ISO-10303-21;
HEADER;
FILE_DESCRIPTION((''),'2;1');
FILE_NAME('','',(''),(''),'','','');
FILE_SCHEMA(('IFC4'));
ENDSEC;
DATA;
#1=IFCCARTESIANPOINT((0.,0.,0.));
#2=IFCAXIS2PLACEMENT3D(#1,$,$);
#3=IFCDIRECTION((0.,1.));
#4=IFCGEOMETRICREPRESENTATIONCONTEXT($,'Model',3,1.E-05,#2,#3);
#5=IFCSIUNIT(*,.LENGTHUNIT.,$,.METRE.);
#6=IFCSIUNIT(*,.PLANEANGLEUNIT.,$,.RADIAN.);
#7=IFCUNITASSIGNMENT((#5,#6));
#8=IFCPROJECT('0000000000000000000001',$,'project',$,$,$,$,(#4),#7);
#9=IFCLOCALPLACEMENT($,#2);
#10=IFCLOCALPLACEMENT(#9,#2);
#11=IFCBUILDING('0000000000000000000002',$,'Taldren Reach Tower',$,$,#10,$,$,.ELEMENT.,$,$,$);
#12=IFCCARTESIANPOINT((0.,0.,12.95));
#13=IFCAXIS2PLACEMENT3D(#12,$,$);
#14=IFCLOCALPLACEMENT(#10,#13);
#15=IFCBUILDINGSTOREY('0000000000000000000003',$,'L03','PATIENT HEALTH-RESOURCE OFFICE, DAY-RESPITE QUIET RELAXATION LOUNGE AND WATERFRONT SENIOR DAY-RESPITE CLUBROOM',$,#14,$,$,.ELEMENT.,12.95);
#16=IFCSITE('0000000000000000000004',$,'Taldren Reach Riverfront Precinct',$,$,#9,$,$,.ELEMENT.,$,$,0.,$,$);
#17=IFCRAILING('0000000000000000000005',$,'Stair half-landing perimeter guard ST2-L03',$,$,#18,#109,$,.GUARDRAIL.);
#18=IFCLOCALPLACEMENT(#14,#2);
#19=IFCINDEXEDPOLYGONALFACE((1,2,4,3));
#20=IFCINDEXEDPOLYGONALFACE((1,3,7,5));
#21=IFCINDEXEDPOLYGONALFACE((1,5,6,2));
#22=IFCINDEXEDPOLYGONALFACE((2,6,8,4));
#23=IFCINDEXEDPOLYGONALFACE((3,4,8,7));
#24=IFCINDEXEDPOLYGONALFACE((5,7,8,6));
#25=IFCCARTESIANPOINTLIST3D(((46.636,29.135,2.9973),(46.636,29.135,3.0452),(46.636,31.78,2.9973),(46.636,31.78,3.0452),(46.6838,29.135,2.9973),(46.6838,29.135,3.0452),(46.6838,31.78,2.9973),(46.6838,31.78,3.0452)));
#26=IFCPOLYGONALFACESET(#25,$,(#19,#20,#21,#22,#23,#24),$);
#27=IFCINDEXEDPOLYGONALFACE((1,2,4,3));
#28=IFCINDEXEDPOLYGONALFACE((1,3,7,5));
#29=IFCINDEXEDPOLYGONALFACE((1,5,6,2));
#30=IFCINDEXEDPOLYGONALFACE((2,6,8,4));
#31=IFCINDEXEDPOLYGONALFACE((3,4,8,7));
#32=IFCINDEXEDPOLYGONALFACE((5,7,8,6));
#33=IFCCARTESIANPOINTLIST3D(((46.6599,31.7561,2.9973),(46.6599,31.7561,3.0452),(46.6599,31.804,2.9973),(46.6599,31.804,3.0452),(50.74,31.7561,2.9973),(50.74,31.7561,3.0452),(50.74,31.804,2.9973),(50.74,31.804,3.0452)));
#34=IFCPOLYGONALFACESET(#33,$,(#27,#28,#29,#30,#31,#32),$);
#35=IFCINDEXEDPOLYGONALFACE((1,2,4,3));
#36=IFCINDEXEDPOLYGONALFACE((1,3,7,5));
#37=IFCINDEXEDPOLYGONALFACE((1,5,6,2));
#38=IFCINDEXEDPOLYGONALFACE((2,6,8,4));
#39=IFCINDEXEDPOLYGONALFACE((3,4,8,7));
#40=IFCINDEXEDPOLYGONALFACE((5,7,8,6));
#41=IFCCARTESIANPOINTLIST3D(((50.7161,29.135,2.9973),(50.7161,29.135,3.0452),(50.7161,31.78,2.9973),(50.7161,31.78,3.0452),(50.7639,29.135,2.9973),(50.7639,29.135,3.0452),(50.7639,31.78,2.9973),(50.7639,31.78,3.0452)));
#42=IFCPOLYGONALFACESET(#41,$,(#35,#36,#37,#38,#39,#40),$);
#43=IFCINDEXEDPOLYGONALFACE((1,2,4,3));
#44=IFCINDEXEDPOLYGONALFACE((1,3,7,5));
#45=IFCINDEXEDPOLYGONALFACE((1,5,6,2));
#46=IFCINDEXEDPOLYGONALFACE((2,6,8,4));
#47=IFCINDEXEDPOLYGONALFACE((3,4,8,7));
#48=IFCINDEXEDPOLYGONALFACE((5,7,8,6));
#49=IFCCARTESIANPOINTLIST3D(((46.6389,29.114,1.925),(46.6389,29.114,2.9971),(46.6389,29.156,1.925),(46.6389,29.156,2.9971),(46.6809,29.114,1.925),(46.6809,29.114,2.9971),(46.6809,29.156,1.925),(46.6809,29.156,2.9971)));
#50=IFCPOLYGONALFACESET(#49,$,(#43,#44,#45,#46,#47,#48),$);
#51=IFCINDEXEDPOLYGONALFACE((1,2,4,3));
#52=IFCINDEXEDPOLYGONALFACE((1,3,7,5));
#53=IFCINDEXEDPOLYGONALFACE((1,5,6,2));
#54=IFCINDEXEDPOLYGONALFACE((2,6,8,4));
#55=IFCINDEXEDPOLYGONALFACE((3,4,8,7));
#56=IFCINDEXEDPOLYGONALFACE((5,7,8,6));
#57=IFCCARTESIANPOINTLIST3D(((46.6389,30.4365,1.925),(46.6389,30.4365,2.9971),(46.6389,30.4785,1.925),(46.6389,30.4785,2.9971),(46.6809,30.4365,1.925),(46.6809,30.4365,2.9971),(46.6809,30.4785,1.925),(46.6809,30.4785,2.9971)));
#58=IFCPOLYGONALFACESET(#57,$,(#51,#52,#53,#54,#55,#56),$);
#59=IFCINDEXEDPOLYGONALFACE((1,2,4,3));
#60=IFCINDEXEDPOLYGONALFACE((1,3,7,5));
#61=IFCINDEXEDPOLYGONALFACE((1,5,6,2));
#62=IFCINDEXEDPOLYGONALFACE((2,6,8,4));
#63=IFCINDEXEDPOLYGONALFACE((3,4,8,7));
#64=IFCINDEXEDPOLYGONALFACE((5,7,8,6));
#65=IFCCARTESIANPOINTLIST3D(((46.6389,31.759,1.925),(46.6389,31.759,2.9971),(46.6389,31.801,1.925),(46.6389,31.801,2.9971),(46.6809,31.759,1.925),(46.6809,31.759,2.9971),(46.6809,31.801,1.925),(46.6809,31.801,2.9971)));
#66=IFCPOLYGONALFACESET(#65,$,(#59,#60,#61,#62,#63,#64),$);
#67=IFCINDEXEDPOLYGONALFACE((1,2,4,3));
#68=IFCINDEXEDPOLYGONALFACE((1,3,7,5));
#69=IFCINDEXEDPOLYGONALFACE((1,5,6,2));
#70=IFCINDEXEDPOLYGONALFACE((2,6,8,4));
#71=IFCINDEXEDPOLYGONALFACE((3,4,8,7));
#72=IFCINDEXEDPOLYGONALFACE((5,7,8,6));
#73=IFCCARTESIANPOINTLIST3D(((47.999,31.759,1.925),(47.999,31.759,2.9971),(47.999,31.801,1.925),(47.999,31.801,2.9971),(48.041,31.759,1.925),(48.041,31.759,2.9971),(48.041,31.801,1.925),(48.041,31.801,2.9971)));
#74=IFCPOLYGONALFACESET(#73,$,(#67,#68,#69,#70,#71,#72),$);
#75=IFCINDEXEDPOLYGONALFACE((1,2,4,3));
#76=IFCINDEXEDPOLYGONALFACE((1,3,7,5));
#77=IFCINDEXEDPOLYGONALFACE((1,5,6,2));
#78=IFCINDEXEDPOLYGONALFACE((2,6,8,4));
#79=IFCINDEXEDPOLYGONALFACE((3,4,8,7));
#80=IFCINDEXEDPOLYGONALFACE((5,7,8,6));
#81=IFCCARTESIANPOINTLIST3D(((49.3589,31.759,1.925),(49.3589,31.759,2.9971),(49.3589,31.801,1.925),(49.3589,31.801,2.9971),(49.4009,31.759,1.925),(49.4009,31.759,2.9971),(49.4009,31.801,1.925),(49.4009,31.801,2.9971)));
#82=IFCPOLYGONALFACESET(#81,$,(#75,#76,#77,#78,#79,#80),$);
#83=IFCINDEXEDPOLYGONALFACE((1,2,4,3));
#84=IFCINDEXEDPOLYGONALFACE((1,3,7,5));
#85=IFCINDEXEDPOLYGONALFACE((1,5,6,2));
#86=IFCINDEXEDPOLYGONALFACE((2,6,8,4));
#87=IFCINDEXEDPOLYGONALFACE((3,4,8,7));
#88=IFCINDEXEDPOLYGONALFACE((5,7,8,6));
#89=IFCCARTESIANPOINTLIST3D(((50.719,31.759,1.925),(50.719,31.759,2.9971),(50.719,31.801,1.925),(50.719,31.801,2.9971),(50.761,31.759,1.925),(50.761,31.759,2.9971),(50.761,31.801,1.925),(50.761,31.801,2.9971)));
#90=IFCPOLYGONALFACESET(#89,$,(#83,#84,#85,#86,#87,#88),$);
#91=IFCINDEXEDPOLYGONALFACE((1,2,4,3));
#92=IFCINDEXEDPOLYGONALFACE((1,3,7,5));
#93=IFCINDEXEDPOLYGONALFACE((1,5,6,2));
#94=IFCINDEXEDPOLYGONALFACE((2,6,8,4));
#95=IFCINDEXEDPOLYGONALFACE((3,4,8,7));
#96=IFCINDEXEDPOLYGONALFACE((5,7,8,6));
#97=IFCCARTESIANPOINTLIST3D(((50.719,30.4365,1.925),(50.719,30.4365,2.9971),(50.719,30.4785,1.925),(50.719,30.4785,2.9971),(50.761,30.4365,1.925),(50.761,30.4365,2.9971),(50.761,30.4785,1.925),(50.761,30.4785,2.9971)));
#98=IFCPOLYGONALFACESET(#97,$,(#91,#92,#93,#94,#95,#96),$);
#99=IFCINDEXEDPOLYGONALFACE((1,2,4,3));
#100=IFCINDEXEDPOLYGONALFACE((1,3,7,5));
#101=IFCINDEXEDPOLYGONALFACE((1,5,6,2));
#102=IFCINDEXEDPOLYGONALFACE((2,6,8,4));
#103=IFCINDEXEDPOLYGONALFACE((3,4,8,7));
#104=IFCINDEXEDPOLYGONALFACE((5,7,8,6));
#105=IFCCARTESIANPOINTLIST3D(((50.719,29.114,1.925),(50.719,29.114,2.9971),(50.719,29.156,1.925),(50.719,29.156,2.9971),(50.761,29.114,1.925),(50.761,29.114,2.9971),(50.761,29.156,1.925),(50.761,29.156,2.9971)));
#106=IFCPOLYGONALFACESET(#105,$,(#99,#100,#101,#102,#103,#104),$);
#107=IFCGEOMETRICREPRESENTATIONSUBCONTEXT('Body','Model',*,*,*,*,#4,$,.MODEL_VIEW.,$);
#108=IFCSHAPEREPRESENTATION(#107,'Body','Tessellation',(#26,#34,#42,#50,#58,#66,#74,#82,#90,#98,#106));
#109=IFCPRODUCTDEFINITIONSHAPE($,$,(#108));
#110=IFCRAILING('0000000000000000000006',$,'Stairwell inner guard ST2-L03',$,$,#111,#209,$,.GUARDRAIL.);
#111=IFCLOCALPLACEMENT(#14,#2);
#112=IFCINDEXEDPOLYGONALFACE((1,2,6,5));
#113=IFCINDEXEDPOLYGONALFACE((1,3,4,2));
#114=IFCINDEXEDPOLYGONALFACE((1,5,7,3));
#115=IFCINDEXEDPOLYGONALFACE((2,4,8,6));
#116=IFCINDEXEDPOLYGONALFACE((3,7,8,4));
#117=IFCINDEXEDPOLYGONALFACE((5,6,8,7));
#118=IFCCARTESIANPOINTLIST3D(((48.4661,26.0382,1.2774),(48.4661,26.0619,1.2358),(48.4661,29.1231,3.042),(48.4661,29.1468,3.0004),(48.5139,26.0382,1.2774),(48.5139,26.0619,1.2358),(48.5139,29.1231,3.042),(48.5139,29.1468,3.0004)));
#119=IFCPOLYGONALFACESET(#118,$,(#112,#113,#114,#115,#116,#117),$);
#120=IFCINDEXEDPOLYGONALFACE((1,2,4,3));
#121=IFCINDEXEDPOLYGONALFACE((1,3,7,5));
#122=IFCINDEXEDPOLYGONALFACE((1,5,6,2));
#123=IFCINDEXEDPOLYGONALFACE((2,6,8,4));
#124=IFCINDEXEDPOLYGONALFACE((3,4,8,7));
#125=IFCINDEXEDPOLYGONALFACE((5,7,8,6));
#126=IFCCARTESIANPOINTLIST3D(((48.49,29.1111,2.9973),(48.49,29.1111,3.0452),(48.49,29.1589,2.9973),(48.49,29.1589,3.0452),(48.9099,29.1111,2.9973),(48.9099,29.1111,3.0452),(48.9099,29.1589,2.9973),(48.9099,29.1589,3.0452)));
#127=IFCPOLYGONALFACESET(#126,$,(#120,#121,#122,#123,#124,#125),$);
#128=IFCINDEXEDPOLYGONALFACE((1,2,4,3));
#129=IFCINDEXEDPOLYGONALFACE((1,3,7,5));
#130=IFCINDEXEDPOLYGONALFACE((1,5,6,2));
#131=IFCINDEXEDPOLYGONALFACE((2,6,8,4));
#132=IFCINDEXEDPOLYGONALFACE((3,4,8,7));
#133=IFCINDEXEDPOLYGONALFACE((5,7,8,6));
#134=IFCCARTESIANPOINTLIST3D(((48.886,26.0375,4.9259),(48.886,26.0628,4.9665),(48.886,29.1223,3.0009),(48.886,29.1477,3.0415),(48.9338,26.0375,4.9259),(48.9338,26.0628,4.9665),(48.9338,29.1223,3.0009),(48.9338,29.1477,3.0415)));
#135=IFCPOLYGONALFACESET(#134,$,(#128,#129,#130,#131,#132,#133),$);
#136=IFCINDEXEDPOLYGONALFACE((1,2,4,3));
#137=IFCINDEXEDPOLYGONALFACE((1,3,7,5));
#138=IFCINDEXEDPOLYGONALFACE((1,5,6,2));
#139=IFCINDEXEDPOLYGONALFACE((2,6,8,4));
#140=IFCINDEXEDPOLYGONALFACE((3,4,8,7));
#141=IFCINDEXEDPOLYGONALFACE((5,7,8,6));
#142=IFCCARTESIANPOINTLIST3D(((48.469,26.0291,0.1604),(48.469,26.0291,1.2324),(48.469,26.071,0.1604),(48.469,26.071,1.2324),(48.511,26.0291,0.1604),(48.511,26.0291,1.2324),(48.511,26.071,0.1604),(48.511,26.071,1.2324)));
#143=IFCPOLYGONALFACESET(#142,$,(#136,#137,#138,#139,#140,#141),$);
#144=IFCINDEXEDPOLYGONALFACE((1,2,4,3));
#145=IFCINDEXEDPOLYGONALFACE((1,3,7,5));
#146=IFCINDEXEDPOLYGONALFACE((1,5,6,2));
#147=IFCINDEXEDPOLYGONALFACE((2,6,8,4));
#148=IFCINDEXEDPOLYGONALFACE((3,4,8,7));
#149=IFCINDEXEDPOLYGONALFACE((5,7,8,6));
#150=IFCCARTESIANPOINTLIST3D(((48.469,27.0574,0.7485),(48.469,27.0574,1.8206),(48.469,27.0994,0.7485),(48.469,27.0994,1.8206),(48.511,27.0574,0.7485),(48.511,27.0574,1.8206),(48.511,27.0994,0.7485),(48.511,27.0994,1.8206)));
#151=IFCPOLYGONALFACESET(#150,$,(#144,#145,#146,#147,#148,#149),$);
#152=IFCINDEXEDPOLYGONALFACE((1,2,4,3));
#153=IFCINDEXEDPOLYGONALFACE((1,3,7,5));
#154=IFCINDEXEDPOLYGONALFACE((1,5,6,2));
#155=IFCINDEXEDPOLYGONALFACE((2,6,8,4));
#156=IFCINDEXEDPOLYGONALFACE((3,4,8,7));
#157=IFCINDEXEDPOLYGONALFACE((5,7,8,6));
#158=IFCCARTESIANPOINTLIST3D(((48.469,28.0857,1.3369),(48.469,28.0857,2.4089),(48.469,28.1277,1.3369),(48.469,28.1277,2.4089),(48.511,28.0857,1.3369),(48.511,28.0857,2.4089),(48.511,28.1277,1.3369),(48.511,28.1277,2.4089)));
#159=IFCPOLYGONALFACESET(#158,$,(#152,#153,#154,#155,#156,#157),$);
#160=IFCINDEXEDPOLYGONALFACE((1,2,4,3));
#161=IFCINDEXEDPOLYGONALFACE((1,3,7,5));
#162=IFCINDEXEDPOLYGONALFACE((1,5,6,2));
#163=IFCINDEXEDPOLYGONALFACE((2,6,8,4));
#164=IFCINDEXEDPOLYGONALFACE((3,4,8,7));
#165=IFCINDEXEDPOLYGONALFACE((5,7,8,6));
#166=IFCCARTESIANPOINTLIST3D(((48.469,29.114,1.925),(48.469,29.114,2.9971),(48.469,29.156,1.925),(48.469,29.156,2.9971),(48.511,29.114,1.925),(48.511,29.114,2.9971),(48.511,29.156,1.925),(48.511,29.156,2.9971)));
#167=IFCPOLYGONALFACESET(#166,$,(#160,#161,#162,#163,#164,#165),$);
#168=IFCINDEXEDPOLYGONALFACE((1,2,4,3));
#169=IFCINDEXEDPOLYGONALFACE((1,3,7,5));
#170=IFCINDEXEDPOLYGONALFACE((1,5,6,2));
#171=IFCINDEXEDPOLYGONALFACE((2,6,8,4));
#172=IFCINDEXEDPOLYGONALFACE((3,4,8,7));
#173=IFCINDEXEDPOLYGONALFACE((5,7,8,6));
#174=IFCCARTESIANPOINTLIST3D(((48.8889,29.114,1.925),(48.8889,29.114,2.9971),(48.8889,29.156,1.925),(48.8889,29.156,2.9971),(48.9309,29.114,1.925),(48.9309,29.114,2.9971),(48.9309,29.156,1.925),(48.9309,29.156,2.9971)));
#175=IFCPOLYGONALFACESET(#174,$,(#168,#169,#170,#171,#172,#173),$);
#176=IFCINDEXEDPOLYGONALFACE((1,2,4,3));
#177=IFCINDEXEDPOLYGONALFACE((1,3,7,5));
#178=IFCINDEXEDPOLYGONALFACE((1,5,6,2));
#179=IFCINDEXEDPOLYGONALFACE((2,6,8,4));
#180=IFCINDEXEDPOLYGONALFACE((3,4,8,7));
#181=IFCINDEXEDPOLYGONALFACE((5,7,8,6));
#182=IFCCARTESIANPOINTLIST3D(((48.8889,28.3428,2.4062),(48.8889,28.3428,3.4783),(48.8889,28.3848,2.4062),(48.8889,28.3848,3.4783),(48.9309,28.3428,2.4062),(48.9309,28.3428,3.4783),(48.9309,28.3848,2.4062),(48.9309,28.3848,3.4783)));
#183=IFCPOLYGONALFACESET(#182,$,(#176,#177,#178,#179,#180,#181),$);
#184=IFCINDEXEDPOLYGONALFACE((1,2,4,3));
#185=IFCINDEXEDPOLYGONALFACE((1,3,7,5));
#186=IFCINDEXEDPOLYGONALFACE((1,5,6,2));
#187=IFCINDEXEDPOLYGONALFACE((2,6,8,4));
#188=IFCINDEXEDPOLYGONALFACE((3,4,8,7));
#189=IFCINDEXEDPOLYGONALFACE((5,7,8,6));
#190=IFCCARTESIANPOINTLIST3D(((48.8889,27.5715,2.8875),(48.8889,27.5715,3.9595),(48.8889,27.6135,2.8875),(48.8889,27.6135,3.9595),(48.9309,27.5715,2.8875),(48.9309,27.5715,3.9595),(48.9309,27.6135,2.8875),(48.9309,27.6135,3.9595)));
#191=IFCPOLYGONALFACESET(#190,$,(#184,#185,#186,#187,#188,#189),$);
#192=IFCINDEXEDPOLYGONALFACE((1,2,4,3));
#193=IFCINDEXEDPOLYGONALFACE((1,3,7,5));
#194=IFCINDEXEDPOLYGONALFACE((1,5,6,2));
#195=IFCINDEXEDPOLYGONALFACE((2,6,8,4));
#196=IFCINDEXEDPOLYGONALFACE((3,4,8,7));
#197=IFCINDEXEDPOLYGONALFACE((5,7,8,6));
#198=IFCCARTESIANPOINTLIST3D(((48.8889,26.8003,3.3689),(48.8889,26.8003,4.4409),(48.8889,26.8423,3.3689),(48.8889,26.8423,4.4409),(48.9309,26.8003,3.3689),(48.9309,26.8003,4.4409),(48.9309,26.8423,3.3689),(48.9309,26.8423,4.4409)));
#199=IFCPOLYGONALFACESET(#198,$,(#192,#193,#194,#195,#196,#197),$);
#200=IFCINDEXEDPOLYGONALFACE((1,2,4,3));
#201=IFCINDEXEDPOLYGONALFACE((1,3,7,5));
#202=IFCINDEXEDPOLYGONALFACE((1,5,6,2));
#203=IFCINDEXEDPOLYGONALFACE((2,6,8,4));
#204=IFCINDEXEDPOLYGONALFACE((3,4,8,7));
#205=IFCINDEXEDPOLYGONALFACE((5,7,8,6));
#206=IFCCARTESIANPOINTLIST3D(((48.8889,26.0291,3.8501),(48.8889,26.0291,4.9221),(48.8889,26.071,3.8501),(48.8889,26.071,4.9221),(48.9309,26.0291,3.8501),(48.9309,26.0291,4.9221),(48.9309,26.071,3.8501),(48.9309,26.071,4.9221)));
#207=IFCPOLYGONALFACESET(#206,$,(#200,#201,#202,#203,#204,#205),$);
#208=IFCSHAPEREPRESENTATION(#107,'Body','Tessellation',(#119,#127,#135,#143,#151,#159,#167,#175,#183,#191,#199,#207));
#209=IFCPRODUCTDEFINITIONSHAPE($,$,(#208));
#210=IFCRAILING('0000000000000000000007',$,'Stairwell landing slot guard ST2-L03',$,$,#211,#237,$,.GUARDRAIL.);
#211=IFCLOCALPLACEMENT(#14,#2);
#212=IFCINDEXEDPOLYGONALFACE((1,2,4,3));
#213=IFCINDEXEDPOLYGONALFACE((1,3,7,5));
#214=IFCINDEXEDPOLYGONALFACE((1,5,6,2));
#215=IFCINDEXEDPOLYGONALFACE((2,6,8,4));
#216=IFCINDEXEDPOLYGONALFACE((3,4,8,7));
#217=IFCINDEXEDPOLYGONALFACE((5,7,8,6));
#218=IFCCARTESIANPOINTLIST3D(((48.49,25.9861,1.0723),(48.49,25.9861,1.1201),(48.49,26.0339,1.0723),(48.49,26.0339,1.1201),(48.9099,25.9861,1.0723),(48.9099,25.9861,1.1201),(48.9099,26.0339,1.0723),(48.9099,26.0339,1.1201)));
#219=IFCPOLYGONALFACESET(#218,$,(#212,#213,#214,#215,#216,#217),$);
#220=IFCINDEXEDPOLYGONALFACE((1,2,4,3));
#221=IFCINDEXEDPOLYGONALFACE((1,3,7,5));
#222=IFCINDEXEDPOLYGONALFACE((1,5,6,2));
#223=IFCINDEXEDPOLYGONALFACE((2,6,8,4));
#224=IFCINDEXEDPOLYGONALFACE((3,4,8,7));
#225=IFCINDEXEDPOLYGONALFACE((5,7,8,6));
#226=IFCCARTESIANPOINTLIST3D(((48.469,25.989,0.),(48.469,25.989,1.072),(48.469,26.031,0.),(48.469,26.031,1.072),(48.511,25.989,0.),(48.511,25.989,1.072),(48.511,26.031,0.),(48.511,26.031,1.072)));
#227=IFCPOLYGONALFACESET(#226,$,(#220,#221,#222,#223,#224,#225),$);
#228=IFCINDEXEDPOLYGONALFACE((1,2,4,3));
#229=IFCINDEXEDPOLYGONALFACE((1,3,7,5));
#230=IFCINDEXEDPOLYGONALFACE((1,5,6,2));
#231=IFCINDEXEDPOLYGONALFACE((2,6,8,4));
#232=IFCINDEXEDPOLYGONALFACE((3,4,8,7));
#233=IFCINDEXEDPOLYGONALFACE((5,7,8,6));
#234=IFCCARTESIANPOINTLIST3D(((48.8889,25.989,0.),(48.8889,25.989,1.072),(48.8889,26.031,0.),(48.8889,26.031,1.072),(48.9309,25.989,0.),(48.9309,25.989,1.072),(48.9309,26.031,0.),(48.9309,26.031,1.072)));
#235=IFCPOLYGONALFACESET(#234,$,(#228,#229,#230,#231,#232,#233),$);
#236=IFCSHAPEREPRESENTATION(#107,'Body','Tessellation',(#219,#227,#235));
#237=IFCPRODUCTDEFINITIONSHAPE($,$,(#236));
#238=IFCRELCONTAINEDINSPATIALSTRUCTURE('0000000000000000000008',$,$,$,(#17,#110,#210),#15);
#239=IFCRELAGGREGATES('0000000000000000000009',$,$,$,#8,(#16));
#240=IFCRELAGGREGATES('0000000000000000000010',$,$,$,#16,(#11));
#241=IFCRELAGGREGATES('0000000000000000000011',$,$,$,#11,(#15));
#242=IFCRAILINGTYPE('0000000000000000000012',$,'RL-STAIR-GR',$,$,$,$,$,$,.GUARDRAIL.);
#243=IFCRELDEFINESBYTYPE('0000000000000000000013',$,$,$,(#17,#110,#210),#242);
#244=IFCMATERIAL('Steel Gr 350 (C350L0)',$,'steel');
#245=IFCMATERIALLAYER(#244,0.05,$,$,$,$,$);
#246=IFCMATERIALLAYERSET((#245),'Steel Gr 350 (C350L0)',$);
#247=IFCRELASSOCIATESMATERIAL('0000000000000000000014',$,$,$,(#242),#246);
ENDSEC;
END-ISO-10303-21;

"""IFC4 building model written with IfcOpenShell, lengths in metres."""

from ifc_helpers import new_model, si_unit, direction, frame, origin, origin_2d, place, context, subcontext, project, spatial, rectangle, extrude, material, layer, layer_set, type_object, element, save


model = new_model("IFC4")

# Units and contexts
model_context = context("Model", 3, precision=1e-05, world=origin(), true_north=direction((0.0, 1.0)))
body_context = subcontext(model_context, "Body", "Model", "MODEL_VIEW")
ifc_project = project(units=[si_unit("LENGTHUNIT", "METRE"), si_unit("PLANEANGLEUNIT", "RADIAN")], contexts=[model_context])

# Site, building, storey
site_placement = place(None, origin())
site = spatial("IfcSite", under=ifc_project, at=site_placement, Name="Taldren Reach Riverfront Precinct", CompositionType="ELEMENT", RefElevation=0.0)
building_placement = place(site_placement, origin())
building = spatial("IfcBuilding", under=site, at=building_placement, Name="Taldren Reach Tower", CompositionType="ELEMENT")
storey_placement = place(building_placement, frame((0.0, 0.0, 12.95)))
storey = spatial("IfcBuildingStorey", under=building, at=storey_placement, Name="L03", Description="PATIENT HEALTH-RESOURCE OFFICE, DAY-RESPITE QUIET RELAXATION LOUNGE AND WATERFRONT SENIOR DAY-RESPITE CLUBROOM", CompositionType="ELEMENT", Elevation=12.95)

# Shared definitions
ifc_material_1 = material(Name="Steel Gr 350 (C350L0)", Category="steel")

# Railings
ifc_layer_1 = layer(ifc_material_1, 0.05)
ifc_layer_set_1 = layer_set([ifc_layer_1], Name="Steel Gr 350 (C350L0)")
railing_type_1 = type_object("IfcRailingType", Name="RL-STAIR-GR", PredefinedType="GUARDRAIL", material=ifc_layer_set_1)
railing_1_placement = place(storey_placement, frame((46.6599, 29.135, 1.925)))
element("IfcRailing", 1, at=railing_1_placement, inside=storey, type_object=railing_type_1, Name="Stair half-landing perimeter guard ST2-L03", PredefinedType="GUARDRAIL", context=body_context, shape_type="SweptSolid", body=[
    extrude(rectangle(XDim=0.0479, YDim=0.0479, at=origin_2d()), frame((0.0, 0.0, 1.0962), z_axis=(0.0, 1.0, 0.0), x_axis=(-1.0, 0.0, 0.0)), (0.0, 0.0, 1.0), 2.645),
    extrude(rectangle(XDim=0.0479, YDim=0.0479, at=origin_2d()), frame((0.0, 2.645, 1.0962), z_axis=(1.0, 0.0, 0.0), x_axis=(0.0, 1.0, 0.0)), (0.0, 0.0, 1.0), 4.0801),
    extrude(rectangle(XDim=0.0479, YDim=0.0479, at=origin_2d()), frame((4.0801, 2.645, 1.0962), z_axis=(0.0, -1.0, 0.0), x_axis=(1.0, 0.0, 0.0)), (0.0, 0.0, 1.0), 2.645),
    extrude(rectangle(XDim=0.042, YDim=0.042, at=origin_2d()), origin(), (0.0, 0.0, 1.0), 1.072),
    extrude(rectangle(XDim=0.042, YDim=0.042, at=origin_2d()), frame((0.0, 1.3225, 0.0)), (0.0, 0.0, 1.0), 1.072),
    extrude(rectangle(XDim=0.042, YDim=0.042, at=origin_2d()), frame((0.0, 2.645, 0.0)), (0.0, 0.0, 1.0), 1.072),
    extrude(rectangle(XDim=0.042, YDim=0.042, at=origin_2d()), frame((1.3601, 2.645, 0.0)), (0.0, 0.0, 1.0), 1.072),
    extrude(rectangle(XDim=0.042, YDim=0.042, at=origin_2d()), frame((2.72, 2.645, 0.0)), (0.0, 0.0, 1.0), 1.072),
    extrude(rectangle(XDim=0.042, YDim=0.042, at=origin_2d()), frame((4.0801, 2.645, 0.0)), (0.0, 0.0, 1.0), 1.072),
    extrude(rectangle(XDim=0.042, YDim=0.042, at=origin_2d()), frame((4.0801, 1.3225, 0.0)), (0.0, 0.0, 1.0), 1.072),
    extrude(rectangle(XDim=0.042, YDim=0.042, at=origin_2d()), frame((4.0801, 0.0, 0.0)), (0.0, 0.0, 1.0), 1.072),
])
railing_2_placement = place(storey_placement, frame((48.49, 26.05, 0.1604)))
element("IfcRailing", 2, at=railing_2_placement, inside=storey, type_object=railing_type_1, Name="Stairwell inner guard ST2-L03", PredefinedType="GUARDRAIL", context=body_context, shape_type="SweptSolid", body=[
    extrude(rectangle(XDim=0.0479, YDim=0.0479, at=origin_2d()), frame((0.0, 0.0, 1.0962), z_axis=(0.0, 0.868023, 0.496524), x_axis=(-1.0, 0.0, 0.0)), (0.0, 0.0, 1.0), 3.554),
    extrude(rectangle(XDim=0.0479, YDim=0.0479, at=origin_2d()), frame((0.0, 3.085, 2.8608), z_axis=(1.0, 0.0, 0.0), x_axis=(0.0, 1.0, 0.0)), (0.0, 0.0, 1.0), 0.4199),
    extrude(rectangle(XDim=0.0479, YDim=0.0479, at=origin_2d()), frame((0.4199, 3.085, 2.8608), z_axis=(0.0, -0.848375, 0.529395), x_axis=(1.0, 0.0, 0.0)), (0.0, 0.0, 1.0), 3.6362),
    extrude(rectangle(XDim=0.042, YDim=0.042, at=origin_2d()), origin(), (0.0, 0.0, 1.0), 1.072),
    extrude(rectangle(XDim=0.042, YDim=0.042, at=origin_2d()), frame((0.0, 1.0283, 0.5881)), (0.0, 0.0, 1.0), 1.072),
    extrude(rectangle(XDim=0.042, YDim=0.042, at=origin_2d()), frame((0.0, 2.0566, 1.1765)), (0.0, 0.0, 1.0), 1.072),
    extrude(rectangle(XDim=0.042, YDim=0.042, at=origin_2d()), frame((0.0, 3.085, 1.7646)), (0.0, 0.0, 1.0), 1.072),
    extrude(rectangle(XDim=0.042, YDim=0.042, at=origin_2d()), frame((0.4199, 3.085, 1.7646)), (0.0, 0.0, 1.0), 1.072),
    extrude(rectangle(XDim=0.042, YDim=0.042, at=origin_2d()), frame((0.4199, 2.3137, 2.2458)), (0.0, 0.0, 1.0), 1.072),
    extrude(rectangle(XDim=0.042, YDim=0.042, at=origin_2d()), frame((0.4199, 1.5425, 2.7271)), (0.0, 0.0, 1.0), 1.072),
    extrude(rectangle(XDim=0.042, YDim=0.042, at=origin_2d()), frame((0.4199, 0.7712, 3.2085)), (0.0, 0.0, 1.0), 1.072),
    extrude(rectangle(XDim=0.042, YDim=0.042, at=origin_2d()), frame((0.4199, 0.0, 3.6897)), (0.0, 0.0, 1.0), 1.072),
])
railing_3_placement = place(storey_placement, frame((48.49, 26.01, 0.0)))
element("IfcRailing", 3, at=railing_3_placement, inside=storey, type_object=railing_type_1, Name="Stairwell landing slot guard ST2-L03", PredefinedType="GUARDRAIL", context=body_context, shape_type="SweptSolid", body=[
    extrude(rectangle(XDim=0.0479, YDim=0.0479, at=origin_2d()), frame((0.0, 0.0, 1.0962), z_axis=(1.0, 0.0, 0.0), x_axis=(0.0, 1.0, 0.0)), (0.0, 0.0, 1.0), 0.4199),
    extrude(rectangle(XDim=0.042, YDim=0.042, at=origin_2d()), origin(), (0.0, 0.0, 1.0), 1.072),
    extrude(rectangle(XDim=0.042, YDim=0.042, at=origin_2d()), frame((0.4199, 0.0, 0.0)), (0.0, 0.0, 1.0), 1.072),
])

save(model, "model.ifc")
